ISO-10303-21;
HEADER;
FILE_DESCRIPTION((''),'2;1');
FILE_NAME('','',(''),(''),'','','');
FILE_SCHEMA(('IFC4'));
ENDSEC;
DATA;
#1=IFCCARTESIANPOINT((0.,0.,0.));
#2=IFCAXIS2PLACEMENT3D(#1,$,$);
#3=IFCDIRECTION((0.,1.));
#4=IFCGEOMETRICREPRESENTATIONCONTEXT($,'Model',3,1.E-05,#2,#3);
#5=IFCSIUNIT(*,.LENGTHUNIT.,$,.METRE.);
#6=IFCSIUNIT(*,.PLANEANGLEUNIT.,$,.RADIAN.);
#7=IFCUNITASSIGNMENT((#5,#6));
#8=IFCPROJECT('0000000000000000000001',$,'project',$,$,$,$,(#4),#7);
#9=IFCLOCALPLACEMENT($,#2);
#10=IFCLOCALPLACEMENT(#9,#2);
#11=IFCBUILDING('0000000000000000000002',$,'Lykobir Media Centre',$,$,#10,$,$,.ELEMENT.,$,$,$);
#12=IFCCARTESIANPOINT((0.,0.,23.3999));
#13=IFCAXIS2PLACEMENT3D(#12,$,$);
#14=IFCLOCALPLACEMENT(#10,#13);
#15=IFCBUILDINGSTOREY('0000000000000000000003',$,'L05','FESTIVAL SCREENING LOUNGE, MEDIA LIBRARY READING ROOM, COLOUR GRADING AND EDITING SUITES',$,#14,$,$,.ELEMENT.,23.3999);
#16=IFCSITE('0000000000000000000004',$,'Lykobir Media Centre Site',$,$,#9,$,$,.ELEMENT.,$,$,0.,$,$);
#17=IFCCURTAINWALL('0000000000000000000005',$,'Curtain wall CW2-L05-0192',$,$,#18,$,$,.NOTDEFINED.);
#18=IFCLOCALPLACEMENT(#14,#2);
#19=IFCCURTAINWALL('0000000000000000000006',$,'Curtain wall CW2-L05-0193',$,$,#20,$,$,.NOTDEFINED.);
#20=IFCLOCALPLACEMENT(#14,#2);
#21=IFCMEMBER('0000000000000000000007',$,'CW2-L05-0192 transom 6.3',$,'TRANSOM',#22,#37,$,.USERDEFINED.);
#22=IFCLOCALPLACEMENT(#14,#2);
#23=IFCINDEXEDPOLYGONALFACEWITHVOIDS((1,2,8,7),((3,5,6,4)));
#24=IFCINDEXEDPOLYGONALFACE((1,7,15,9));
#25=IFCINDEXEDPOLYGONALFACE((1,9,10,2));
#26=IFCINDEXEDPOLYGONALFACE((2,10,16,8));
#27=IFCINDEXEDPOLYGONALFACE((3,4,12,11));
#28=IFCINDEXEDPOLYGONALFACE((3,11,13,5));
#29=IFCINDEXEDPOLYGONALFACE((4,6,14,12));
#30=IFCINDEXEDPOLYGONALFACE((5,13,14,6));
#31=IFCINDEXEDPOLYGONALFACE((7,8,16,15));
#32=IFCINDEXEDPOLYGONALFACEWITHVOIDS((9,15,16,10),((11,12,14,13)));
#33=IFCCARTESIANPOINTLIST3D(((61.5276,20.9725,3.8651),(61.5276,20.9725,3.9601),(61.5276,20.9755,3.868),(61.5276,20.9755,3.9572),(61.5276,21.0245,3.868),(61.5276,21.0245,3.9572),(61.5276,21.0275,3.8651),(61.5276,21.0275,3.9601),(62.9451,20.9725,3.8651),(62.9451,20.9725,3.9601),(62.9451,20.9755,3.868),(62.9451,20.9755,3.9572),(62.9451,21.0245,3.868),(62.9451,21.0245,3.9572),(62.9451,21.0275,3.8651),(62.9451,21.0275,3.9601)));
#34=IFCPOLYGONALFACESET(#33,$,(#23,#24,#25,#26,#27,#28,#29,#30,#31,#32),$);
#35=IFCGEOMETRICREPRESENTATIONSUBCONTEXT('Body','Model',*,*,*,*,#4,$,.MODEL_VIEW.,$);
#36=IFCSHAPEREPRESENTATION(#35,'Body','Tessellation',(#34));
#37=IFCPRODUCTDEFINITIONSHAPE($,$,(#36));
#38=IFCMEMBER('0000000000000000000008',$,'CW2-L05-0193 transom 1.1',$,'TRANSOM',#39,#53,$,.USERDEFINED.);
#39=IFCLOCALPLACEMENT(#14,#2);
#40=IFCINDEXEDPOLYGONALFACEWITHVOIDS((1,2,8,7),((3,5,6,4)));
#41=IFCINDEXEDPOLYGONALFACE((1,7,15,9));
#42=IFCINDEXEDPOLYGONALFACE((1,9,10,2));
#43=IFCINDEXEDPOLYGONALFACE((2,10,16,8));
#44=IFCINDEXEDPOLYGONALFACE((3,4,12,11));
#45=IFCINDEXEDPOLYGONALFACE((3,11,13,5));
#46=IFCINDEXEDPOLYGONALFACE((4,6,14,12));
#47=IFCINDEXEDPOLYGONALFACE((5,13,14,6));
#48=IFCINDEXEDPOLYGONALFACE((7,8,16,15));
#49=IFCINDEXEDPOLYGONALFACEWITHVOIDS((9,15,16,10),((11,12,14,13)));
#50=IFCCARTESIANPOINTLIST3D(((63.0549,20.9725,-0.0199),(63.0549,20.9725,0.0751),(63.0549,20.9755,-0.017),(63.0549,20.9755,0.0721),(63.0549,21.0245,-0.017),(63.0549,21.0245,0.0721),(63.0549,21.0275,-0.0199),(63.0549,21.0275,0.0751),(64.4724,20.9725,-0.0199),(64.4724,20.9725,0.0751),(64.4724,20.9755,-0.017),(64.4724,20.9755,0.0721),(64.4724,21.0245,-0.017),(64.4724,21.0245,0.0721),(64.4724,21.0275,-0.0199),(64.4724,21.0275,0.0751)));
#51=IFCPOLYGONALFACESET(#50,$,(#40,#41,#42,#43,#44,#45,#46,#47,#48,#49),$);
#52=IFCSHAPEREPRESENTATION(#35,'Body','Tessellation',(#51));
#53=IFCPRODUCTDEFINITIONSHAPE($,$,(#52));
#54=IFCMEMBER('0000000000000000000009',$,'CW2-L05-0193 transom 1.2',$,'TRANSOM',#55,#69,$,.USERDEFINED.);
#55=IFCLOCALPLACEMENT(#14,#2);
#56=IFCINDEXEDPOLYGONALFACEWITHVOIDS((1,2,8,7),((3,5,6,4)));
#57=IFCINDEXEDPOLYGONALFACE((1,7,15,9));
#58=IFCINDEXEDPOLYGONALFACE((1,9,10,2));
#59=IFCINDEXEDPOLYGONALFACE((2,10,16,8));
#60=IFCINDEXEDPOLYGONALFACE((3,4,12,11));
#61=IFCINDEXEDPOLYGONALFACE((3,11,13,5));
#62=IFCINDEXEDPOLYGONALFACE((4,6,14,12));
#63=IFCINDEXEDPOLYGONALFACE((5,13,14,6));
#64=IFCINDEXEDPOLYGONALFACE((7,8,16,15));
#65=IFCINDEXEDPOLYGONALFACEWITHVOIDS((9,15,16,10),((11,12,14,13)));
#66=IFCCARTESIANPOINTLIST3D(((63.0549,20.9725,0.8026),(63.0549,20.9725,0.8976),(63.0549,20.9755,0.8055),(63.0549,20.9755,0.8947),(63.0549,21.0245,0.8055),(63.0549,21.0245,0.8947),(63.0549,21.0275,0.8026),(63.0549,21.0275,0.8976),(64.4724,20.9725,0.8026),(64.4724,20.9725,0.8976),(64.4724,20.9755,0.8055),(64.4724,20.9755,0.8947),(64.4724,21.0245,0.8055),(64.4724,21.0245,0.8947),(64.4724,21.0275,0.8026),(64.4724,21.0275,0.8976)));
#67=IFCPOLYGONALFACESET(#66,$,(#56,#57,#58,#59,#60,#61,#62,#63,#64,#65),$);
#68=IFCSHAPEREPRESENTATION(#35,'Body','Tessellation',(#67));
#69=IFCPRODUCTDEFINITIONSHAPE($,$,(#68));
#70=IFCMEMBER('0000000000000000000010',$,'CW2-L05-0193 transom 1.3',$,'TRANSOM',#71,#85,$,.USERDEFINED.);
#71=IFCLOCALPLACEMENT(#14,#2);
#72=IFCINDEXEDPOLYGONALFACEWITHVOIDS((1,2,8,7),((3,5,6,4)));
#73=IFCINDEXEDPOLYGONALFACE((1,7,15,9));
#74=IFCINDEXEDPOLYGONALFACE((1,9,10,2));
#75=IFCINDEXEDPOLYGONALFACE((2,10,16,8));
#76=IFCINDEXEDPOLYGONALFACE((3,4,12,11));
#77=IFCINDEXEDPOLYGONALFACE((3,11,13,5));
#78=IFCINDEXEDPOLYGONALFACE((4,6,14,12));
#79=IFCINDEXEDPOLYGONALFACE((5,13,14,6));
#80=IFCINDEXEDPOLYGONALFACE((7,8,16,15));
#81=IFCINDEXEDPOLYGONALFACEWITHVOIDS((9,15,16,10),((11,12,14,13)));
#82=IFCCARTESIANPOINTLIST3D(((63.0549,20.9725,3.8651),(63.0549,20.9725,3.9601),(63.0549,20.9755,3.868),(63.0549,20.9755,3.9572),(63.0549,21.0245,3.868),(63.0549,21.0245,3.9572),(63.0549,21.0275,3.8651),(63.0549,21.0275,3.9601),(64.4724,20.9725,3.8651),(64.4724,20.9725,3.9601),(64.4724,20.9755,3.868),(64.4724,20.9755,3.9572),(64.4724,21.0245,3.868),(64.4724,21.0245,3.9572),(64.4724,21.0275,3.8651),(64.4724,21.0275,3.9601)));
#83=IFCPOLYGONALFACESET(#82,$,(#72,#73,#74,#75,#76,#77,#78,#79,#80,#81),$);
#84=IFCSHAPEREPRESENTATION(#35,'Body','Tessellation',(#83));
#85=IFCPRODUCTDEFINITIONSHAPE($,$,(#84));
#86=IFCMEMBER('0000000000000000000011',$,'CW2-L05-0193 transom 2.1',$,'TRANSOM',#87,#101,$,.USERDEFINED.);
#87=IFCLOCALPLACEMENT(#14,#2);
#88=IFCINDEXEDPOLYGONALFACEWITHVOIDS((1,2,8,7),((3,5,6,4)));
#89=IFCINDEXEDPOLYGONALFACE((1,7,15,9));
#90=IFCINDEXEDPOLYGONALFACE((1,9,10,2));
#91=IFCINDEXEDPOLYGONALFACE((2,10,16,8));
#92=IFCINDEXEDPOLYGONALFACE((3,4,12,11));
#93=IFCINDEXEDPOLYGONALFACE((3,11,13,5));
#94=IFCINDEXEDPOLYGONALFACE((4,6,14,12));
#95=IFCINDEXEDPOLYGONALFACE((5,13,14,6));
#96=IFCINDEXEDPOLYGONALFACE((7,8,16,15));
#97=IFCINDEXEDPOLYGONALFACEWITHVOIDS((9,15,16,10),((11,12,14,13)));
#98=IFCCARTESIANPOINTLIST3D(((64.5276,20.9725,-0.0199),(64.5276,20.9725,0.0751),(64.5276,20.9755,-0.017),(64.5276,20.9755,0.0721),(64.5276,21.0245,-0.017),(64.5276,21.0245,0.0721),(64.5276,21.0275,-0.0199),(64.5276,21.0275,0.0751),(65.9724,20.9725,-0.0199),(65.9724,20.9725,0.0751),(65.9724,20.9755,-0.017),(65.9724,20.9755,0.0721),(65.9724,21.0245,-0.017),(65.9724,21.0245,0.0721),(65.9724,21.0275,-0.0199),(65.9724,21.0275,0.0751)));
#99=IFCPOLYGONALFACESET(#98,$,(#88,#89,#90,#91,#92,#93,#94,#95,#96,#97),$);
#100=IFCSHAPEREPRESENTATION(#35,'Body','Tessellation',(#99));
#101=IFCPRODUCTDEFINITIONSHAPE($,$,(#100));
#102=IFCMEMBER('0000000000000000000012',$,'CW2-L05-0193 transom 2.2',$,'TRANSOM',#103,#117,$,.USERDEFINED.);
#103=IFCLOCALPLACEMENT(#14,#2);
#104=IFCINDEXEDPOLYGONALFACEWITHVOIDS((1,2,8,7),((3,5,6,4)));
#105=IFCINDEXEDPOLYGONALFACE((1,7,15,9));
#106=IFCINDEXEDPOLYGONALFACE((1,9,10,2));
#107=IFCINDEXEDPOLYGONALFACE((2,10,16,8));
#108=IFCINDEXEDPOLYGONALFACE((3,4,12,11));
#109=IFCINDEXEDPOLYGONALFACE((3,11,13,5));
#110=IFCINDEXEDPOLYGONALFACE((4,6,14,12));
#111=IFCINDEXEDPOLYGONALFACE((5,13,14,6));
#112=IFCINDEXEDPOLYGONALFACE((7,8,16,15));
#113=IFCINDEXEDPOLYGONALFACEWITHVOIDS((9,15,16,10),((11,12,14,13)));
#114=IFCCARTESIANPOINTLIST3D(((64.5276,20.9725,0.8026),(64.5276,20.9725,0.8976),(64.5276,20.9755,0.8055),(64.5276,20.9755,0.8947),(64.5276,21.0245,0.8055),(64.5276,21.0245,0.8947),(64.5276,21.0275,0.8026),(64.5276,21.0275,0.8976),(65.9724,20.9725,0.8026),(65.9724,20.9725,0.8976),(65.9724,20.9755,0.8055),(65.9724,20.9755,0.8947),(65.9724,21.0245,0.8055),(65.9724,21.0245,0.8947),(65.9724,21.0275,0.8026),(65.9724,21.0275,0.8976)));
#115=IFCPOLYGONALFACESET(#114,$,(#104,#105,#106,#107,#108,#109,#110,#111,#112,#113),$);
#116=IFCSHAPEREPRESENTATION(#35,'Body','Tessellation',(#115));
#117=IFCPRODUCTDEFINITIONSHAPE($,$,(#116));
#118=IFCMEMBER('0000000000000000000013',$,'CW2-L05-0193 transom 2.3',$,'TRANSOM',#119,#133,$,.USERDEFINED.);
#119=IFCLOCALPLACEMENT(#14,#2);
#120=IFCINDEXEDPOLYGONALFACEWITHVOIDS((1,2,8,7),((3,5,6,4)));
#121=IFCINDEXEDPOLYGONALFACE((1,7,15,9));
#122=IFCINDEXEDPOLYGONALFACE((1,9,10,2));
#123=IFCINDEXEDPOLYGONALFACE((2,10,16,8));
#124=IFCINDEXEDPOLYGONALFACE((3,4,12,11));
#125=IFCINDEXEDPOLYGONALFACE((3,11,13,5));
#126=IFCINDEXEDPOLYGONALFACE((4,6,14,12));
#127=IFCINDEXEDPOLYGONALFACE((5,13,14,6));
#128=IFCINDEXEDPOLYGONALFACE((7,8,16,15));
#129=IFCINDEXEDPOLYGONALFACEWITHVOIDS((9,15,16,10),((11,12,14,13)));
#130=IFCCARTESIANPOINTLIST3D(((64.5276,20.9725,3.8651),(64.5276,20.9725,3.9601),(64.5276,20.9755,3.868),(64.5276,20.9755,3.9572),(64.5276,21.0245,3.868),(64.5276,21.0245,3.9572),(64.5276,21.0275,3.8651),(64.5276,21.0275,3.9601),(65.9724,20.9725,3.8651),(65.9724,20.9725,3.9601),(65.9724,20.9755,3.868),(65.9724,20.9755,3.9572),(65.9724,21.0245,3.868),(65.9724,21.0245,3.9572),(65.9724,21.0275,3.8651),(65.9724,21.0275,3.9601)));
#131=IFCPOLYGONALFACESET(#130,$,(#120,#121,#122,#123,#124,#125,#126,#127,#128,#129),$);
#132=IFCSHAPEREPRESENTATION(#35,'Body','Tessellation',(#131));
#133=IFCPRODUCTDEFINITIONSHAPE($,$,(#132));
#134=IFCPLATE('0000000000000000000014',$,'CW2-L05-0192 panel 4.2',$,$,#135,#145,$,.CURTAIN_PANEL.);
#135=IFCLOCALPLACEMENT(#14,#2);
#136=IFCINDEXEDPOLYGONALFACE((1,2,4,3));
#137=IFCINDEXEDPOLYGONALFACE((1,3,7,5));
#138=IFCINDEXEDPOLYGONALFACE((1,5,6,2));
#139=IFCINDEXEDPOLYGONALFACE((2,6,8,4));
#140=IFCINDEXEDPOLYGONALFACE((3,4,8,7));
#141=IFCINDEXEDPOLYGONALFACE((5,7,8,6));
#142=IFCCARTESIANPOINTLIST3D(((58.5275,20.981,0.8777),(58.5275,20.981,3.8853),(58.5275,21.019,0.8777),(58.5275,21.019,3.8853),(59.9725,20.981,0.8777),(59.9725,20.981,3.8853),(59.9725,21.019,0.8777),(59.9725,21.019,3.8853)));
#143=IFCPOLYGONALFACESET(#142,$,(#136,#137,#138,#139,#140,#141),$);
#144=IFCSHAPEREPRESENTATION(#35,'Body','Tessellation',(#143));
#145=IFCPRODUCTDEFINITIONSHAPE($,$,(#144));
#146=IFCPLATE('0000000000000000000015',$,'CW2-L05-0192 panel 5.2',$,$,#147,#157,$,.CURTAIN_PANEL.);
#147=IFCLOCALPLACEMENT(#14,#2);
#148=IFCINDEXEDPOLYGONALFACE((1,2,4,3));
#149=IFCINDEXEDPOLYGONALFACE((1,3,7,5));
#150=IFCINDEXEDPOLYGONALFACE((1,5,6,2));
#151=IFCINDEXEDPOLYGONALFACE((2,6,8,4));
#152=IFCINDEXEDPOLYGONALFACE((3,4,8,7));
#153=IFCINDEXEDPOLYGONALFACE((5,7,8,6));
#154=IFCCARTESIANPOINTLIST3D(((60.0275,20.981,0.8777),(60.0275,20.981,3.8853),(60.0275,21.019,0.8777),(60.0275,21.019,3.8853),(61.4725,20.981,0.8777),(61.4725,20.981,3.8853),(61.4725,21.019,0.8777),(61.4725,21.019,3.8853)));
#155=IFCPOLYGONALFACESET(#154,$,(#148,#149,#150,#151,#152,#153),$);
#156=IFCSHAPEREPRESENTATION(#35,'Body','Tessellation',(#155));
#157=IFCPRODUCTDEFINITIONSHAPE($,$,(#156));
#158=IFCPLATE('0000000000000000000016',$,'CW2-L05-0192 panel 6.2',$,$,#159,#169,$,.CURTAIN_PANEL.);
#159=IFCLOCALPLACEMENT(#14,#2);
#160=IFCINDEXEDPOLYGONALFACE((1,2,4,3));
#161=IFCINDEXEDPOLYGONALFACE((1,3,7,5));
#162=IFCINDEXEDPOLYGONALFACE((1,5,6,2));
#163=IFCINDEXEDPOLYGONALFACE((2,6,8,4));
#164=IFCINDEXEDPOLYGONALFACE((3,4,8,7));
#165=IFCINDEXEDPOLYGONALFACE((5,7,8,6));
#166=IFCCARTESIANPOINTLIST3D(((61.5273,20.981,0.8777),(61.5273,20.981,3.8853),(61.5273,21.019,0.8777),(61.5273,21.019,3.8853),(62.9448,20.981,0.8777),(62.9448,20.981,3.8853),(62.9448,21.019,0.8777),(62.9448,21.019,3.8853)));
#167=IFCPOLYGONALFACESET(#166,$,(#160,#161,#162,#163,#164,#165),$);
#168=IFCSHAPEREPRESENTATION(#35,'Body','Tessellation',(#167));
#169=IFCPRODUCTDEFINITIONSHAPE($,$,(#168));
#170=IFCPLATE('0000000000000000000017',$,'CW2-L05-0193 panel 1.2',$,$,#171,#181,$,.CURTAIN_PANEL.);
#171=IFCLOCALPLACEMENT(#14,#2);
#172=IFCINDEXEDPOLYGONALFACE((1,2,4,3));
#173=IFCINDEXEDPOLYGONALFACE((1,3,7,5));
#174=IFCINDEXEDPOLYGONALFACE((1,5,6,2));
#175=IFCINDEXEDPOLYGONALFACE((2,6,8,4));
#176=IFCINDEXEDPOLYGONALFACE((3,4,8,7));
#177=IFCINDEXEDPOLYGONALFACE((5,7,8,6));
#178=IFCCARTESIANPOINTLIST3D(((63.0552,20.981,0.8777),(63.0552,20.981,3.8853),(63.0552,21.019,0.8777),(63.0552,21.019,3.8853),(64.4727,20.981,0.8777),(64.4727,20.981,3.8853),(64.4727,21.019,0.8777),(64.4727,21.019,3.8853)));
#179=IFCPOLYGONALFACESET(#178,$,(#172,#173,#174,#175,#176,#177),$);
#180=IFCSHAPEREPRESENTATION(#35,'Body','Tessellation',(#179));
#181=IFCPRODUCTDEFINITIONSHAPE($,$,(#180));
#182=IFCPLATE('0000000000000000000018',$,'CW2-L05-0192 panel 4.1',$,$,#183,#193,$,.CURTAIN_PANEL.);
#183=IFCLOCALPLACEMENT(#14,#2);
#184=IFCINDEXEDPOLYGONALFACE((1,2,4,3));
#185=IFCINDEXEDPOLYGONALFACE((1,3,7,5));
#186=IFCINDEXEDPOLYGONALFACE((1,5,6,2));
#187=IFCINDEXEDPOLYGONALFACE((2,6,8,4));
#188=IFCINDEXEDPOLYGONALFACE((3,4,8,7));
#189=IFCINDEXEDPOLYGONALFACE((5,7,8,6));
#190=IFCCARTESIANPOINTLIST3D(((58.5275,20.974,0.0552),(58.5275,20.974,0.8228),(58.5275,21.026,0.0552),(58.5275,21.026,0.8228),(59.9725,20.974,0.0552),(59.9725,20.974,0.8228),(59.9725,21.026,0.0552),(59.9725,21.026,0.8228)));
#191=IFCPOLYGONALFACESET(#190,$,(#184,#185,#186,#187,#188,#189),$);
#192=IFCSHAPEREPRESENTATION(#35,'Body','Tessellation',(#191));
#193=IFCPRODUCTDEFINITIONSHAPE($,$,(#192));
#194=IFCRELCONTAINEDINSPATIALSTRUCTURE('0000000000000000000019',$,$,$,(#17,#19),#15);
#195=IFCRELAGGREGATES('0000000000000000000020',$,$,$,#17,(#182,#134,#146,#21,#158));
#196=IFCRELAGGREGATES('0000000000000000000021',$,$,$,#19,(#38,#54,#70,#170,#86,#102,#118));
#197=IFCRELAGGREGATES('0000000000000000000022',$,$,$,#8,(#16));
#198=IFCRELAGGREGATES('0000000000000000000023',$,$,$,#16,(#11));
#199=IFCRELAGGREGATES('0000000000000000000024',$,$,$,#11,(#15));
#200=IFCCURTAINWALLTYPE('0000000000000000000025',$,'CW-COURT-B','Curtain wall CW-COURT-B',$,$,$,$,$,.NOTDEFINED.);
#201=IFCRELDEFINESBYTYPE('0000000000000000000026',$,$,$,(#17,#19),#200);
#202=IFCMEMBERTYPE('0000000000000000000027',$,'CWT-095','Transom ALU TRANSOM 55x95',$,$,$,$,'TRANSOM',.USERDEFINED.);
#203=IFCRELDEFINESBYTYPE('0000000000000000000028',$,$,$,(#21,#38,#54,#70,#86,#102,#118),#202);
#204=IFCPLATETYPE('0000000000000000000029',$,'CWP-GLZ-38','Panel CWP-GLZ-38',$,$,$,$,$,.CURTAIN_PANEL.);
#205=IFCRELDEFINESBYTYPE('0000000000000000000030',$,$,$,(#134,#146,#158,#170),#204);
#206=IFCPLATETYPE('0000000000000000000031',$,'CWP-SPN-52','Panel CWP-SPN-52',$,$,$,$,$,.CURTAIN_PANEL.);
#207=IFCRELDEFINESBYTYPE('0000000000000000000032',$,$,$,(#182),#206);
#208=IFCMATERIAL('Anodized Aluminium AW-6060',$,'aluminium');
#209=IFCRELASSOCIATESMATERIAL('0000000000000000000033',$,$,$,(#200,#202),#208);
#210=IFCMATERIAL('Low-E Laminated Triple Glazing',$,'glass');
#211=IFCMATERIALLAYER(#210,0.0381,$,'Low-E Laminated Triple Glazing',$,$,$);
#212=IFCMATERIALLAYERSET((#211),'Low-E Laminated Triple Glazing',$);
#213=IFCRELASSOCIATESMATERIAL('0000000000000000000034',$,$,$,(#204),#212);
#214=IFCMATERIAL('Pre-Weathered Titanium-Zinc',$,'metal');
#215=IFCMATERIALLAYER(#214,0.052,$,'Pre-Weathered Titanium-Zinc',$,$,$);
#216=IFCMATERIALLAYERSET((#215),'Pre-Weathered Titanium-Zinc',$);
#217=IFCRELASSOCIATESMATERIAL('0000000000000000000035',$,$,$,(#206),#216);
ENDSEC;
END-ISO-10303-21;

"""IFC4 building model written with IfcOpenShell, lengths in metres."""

from ifc_helpers import new_model, si_unit, direction, frame, origin, origin_2d, place, context, subcontext, project, spatial, rectangle, hollow_rectangle, extrude, material, layer, layer_set, material_profile, profile_set, type_object, element, aggregate, save


model = new_model("IFC4")

# Units and contexts
model_context = context("Model", 3, precision=1e-05, world=origin(), true_north=direction((0.0, 1.0)))
body_context = subcontext(model_context, "Body", "Model", "MODEL_VIEW")
ifc_project = project(units=[si_unit("LENGTHUNIT", "METRE"), si_unit("PLANEANGLEUNIT", "RADIAN")], contexts=[model_context])

# Site, building, storey
site_placement = place(None, origin())
site = spatial("IfcSite", under=ifc_project, at=site_placement, Name="Lykobir Media Centre Site", CompositionType="ELEMENT", RefElevation=0.0)
building_placement = place(site_placement, origin())
building = spatial("IfcBuilding", under=site, at=building_placement, Name="Lykobir Media Centre", CompositionType="ELEMENT")
storey_placement = place(building_placement, frame((0.0, 0.0, 23.3999)))
storey = spatial("IfcBuildingStorey", under=building, at=storey_placement, Name="L05", Description="FESTIVAL SCREENING LOUNGE, MEDIA LIBRARY READING ROOM, COLOUR GRADING AND EDITING SUITES", CompositionType="ELEMENT", Elevation=23.3999)

# Curtain walls
ifc_material_1 = material(Name="Anodized Aluminium AW-6060", Category="aluminium")
curtain_wall_type = type_object("IfcCurtainWallType", Name="CW-COURT-B", Description="Curtain wall CW-COURT-B", PredefinedType="NOTDEFINED", material=ifc_material_1)
curtain_wall_1_placement = place(storey_placement, origin())
curtain_wall_1 = element("IfcCurtainWall", 1, at=curtain_wall_1_placement, inside=storey, type_object=curtain_wall_type, Name="Curtain wall CW2-L05-0192", PredefinedType="NOTDEFINED")
curtain_wall_2_placement = place(storey_placement, origin())
curtain_wall_2 = element("IfcCurtainWall", 2, at=curtain_wall_2_placement, inside=storey, type_object=curtain_wall_type, Name="Curtain wall CW2-L05-0193", PredefinedType="NOTDEFINED")

# Members
ifc_material_profile_1 = material_profile(ifc_material_1, hollow_rectangle(XDim=0.0549, YDim=0.095, WallThickness=0.0029, at=origin_2d()), Name="ALU TRANSOM 55x95")
ifc_profile_set_1 = profile_set([ifc_material_profile_1], Name="Anodized Aluminium AW-6060")
member_type_1 = type_object("IfcMemberType", Name="CWT-095", Description="Transom ALU TRANSOM 55x95", ElementType="TRANSOM", PredefinedType="USERDEFINED", material=ifc_profile_set_1)
member_1_placement = place(storey_placement, frame((61.5276, 21.0, 3.9126), z_axis=(1.0, 0.0, 0.0), x_axis=(0.0, 1.0, 0.0)))
member_1 = element("IfcMember", 3, at=member_1_placement, type_object=member_type_1, Name="CW2-L05-0192 transom 6.3", ObjectType="TRANSOM", PredefinedType="USERDEFINED", context=body_context, shape_type="SweptSolid", body=[
    extrude(hollow_rectangle(XDim=0.0549, YDim=0.095, WallThickness=0.0029, at=origin_2d()), origin(), (0.0, 0.0, 1.0), 1.4175),
])
member_2_placement = place(storey_placement, frame((63.0549, 21.0, 0.0276), z_axis=(1.0, 0.0, 0.0), x_axis=(0.0, 1.0, 0.0)))
member_2 = element("IfcMember", 4, at=member_2_placement, type_object=member_type_1, Name="CW2-L05-0193 transom 1.1", ObjectType="TRANSOM", PredefinedType="USERDEFINED", context=body_context, shape_type="SweptSolid", body=[
    extrude(hollow_rectangle(XDim=0.0549, YDim=0.095, WallThickness=0.0029, at=origin_2d()), origin(), (0.0, 0.0, 1.0), 1.4175),
])
member_3_placement = place(storey_placement, frame((63.0549, 21.0, 0.8501), z_axis=(1.0, 0.0, 0.0), x_axis=(0.0, 1.0, 0.0)))
member_3 = element("IfcMember", 5, at=member_3_placement, type_object=member_type_1, Name="CW2-L05-0193 transom 1.2", ObjectType="TRANSOM", PredefinedType="USERDEFINED", context=body_context, shape_type="SweptSolid", body=[
    extrude(hollow_rectangle(XDim=0.0549, YDim=0.095, WallThickness=0.0029, at=origin_2d()), origin(), (0.0, 0.0, 1.0), 1.4175),
])
member_4_placement = place(storey_placement, frame((63.0549, 21.0, 3.9126), z_axis=(1.0, 0.0, 0.0), x_axis=(0.0, 1.0, 0.0)))
member_4 = element("IfcMember", 6, at=member_4_placement, type_object=member_type_1, Name="CW2-L05-0193 transom 1.3", ObjectType="TRANSOM", PredefinedType="USERDEFINED", context=body_context, shape_type="SweptSolid", body=[
    extrude(hollow_rectangle(XDim=0.0549, YDim=0.095, WallThickness=0.0029, at=origin_2d()), origin(), (0.0, 0.0, 1.0), 1.4175),
])
member_5_placement = place(storey_placement, frame((64.5276, 21.0, 0.0276), z_axis=(1.0, 0.0, 0.0), x_axis=(0.0, 1.0, 0.0)))
member_5 = element("IfcMember", 7, at=member_5_placement, type_object=member_type_1, Name="CW2-L05-0193 transom 2.1", ObjectType="TRANSOM", PredefinedType="USERDEFINED", context=body_context, shape_type="SweptSolid", body=[
    extrude(hollow_rectangle(XDim=0.0549, YDim=0.095, WallThickness=0.0029, at=origin_2d()), origin(), (0.0, 0.0, 1.0), 1.4448),
])
member_6_placement = place(storey_placement, frame((64.5276, 21.0, 0.8501), z_axis=(1.0, 0.0, 0.0), x_axis=(0.0, 1.0, 0.0)))
member_6 = element("IfcMember", 8, at=member_6_placement, type_object=member_type_1, Name="CW2-L05-0193 transom 2.2", ObjectType="TRANSOM", PredefinedType="USERDEFINED", context=body_context, shape_type="SweptSolid", body=[
    extrude(hollow_rectangle(XDim=0.0549, YDim=0.095, WallThickness=0.0029, at=origin_2d()), origin(), (0.0, 0.0, 1.0), 1.4448),
])
member_7_placement = place(storey_placement, frame((64.5276, 21.0, 3.9126), z_axis=(1.0, 0.0, 0.0), x_axis=(0.0, 1.0, 0.0)))
member_7 = element("IfcMember", 9, at=member_7_placement, type_object=member_type_1, Name="CW2-L05-0193 transom 2.3", ObjectType="TRANSOM", PredefinedType="USERDEFINED", context=body_context, shape_type="SweptSolid", body=[
    extrude(hollow_rectangle(XDim=0.0549, YDim=0.095, WallThickness=0.0029, at=origin_2d()), origin(), (0.0, 0.0, 1.0), 1.4448),
])

# Plates
ifc_material_2 = material(Name="Low-E Laminated Triple Glazing", Category="glass")
ifc_layer_1 = layer(ifc_material_2, 0.0381, Name="Low-E Laminated Triple Glazing")
ifc_layer_set_1 = layer_set([ifc_layer_1], Name="Low-E Laminated Triple Glazing")
plate_type_1 = type_object("IfcPlateType", Name="CWP-GLZ-38", Description="Panel CWP-GLZ-38", PredefinedType="CURTAIN_PANEL", material=ifc_layer_set_1)
plate_1_placement = place(storey_placement, frame((59.25, 21.0, 0.8777), z_axis=(0.0, 0.0, 1.0), x_axis=(1.0, 0.0, 0.0)))
plate_1 = element("IfcPlate", 10, at=plate_1_placement, type_object=plate_type_1, Name="CW2-L05-0192 panel 4.2", PredefinedType="CURTAIN_PANEL", context=body_context, shape_type="SweptSolid", body=[
    extrude(rectangle(XDim=1.4451, YDim=0.0381, at=origin_2d()), origin(), (0.0, 0.0, 1.0), 3.0076),
])
plate_2_placement = place(storey_placement, frame((60.75, 21.0, 0.8777), z_axis=(0.0, 0.0, 1.0), x_axis=(1.0, 0.0, 0.0)))
plate_2 = element("IfcPlate", 11, at=plate_2_placement, type_object=plate_type_1, Name="CW2-L05-0192 panel 5.2", PredefinedType="CURTAIN_PANEL", context=body_context, shape_type="SweptSolid", body=[
    extrude(rectangle(XDim=1.4451, YDim=0.0381, at=origin_2d()), origin(), (0.0, 0.0, 1.0), 3.0076),
])
plate_3_placement = place(storey_placement, frame((62.2361, 21.0, 0.8777), z_axis=(0.0, 0.0, 1.0), x_axis=(1.0, 0.0, 0.0)))
plate_3 = element("IfcPlate", 12, at=plate_3_placement, type_object=plate_type_1, Name="CW2-L05-0192 panel 6.2", PredefinedType="CURTAIN_PANEL", context=body_context, shape_type="SweptSolid", body=[
    extrude(rectangle(XDim=1.4175, YDim=0.0381, at=origin_2d()), origin(), (0.0, 0.0, 1.0), 3.0076),
])
plate_4_placement = place(storey_placement, frame((63.7639, 21.0, 0.8777), z_axis=(0.0, 0.0, 1.0), x_axis=(1.0, 0.0, 0.0)))
plate_4 = element("IfcPlate", 13, at=plate_4_placement, type_object=plate_type_1, Name="CW2-L05-0193 panel 1.2", PredefinedType="CURTAIN_PANEL", context=body_context, shape_type="SweptSolid", body=[
    extrude(rectangle(XDim=1.4175, YDim=0.0381, at=origin_2d()), origin(), (0.0, 0.0, 1.0), 3.0076),
])
ifc_material_3 = material(Name="Pre-Weathered Titanium-Zinc", Category="metal")
ifc_layer_2 = layer(ifc_material_3, 0.052, Name="Pre-Weathered Titanium-Zinc")
ifc_layer_set_2 = layer_set([ifc_layer_2], Name="Pre-Weathered Titanium-Zinc")
plate_type_2 = type_object("IfcPlateType", Name="CWP-SPN-52", Description="Panel CWP-SPN-52", PredefinedType="CURTAIN_PANEL", material=ifc_layer_set_2)
plate_5_placement = place(storey_placement, frame((59.25, 21.0, 0.0552), z_axis=(0.0, 0.0, 1.0), x_axis=(1.0, 0.0, 0.0)))
plate_5 = element("IfcPlate", 14, at=plate_5_placement, type_object=plate_type_2, Name="CW2-L05-0192 panel 4.1", PredefinedType="CURTAIN_PANEL", context=body_context, shape_type="SweptSolid", body=[
    extrude(rectangle(XDim=1.4451, YDim=0.052, at=origin_2d()), origin(), (0.0, 0.0, 1.0), 0.7676),
])
aggregate(curtain_wall_1, [plate_5, plate_1, plate_2, member_1, plate_3])
aggregate(curtain_wall_2, [member_2, member_3, member_4, plate_4, member_5, member_6, member_7])

save(model, "model.ifc")
